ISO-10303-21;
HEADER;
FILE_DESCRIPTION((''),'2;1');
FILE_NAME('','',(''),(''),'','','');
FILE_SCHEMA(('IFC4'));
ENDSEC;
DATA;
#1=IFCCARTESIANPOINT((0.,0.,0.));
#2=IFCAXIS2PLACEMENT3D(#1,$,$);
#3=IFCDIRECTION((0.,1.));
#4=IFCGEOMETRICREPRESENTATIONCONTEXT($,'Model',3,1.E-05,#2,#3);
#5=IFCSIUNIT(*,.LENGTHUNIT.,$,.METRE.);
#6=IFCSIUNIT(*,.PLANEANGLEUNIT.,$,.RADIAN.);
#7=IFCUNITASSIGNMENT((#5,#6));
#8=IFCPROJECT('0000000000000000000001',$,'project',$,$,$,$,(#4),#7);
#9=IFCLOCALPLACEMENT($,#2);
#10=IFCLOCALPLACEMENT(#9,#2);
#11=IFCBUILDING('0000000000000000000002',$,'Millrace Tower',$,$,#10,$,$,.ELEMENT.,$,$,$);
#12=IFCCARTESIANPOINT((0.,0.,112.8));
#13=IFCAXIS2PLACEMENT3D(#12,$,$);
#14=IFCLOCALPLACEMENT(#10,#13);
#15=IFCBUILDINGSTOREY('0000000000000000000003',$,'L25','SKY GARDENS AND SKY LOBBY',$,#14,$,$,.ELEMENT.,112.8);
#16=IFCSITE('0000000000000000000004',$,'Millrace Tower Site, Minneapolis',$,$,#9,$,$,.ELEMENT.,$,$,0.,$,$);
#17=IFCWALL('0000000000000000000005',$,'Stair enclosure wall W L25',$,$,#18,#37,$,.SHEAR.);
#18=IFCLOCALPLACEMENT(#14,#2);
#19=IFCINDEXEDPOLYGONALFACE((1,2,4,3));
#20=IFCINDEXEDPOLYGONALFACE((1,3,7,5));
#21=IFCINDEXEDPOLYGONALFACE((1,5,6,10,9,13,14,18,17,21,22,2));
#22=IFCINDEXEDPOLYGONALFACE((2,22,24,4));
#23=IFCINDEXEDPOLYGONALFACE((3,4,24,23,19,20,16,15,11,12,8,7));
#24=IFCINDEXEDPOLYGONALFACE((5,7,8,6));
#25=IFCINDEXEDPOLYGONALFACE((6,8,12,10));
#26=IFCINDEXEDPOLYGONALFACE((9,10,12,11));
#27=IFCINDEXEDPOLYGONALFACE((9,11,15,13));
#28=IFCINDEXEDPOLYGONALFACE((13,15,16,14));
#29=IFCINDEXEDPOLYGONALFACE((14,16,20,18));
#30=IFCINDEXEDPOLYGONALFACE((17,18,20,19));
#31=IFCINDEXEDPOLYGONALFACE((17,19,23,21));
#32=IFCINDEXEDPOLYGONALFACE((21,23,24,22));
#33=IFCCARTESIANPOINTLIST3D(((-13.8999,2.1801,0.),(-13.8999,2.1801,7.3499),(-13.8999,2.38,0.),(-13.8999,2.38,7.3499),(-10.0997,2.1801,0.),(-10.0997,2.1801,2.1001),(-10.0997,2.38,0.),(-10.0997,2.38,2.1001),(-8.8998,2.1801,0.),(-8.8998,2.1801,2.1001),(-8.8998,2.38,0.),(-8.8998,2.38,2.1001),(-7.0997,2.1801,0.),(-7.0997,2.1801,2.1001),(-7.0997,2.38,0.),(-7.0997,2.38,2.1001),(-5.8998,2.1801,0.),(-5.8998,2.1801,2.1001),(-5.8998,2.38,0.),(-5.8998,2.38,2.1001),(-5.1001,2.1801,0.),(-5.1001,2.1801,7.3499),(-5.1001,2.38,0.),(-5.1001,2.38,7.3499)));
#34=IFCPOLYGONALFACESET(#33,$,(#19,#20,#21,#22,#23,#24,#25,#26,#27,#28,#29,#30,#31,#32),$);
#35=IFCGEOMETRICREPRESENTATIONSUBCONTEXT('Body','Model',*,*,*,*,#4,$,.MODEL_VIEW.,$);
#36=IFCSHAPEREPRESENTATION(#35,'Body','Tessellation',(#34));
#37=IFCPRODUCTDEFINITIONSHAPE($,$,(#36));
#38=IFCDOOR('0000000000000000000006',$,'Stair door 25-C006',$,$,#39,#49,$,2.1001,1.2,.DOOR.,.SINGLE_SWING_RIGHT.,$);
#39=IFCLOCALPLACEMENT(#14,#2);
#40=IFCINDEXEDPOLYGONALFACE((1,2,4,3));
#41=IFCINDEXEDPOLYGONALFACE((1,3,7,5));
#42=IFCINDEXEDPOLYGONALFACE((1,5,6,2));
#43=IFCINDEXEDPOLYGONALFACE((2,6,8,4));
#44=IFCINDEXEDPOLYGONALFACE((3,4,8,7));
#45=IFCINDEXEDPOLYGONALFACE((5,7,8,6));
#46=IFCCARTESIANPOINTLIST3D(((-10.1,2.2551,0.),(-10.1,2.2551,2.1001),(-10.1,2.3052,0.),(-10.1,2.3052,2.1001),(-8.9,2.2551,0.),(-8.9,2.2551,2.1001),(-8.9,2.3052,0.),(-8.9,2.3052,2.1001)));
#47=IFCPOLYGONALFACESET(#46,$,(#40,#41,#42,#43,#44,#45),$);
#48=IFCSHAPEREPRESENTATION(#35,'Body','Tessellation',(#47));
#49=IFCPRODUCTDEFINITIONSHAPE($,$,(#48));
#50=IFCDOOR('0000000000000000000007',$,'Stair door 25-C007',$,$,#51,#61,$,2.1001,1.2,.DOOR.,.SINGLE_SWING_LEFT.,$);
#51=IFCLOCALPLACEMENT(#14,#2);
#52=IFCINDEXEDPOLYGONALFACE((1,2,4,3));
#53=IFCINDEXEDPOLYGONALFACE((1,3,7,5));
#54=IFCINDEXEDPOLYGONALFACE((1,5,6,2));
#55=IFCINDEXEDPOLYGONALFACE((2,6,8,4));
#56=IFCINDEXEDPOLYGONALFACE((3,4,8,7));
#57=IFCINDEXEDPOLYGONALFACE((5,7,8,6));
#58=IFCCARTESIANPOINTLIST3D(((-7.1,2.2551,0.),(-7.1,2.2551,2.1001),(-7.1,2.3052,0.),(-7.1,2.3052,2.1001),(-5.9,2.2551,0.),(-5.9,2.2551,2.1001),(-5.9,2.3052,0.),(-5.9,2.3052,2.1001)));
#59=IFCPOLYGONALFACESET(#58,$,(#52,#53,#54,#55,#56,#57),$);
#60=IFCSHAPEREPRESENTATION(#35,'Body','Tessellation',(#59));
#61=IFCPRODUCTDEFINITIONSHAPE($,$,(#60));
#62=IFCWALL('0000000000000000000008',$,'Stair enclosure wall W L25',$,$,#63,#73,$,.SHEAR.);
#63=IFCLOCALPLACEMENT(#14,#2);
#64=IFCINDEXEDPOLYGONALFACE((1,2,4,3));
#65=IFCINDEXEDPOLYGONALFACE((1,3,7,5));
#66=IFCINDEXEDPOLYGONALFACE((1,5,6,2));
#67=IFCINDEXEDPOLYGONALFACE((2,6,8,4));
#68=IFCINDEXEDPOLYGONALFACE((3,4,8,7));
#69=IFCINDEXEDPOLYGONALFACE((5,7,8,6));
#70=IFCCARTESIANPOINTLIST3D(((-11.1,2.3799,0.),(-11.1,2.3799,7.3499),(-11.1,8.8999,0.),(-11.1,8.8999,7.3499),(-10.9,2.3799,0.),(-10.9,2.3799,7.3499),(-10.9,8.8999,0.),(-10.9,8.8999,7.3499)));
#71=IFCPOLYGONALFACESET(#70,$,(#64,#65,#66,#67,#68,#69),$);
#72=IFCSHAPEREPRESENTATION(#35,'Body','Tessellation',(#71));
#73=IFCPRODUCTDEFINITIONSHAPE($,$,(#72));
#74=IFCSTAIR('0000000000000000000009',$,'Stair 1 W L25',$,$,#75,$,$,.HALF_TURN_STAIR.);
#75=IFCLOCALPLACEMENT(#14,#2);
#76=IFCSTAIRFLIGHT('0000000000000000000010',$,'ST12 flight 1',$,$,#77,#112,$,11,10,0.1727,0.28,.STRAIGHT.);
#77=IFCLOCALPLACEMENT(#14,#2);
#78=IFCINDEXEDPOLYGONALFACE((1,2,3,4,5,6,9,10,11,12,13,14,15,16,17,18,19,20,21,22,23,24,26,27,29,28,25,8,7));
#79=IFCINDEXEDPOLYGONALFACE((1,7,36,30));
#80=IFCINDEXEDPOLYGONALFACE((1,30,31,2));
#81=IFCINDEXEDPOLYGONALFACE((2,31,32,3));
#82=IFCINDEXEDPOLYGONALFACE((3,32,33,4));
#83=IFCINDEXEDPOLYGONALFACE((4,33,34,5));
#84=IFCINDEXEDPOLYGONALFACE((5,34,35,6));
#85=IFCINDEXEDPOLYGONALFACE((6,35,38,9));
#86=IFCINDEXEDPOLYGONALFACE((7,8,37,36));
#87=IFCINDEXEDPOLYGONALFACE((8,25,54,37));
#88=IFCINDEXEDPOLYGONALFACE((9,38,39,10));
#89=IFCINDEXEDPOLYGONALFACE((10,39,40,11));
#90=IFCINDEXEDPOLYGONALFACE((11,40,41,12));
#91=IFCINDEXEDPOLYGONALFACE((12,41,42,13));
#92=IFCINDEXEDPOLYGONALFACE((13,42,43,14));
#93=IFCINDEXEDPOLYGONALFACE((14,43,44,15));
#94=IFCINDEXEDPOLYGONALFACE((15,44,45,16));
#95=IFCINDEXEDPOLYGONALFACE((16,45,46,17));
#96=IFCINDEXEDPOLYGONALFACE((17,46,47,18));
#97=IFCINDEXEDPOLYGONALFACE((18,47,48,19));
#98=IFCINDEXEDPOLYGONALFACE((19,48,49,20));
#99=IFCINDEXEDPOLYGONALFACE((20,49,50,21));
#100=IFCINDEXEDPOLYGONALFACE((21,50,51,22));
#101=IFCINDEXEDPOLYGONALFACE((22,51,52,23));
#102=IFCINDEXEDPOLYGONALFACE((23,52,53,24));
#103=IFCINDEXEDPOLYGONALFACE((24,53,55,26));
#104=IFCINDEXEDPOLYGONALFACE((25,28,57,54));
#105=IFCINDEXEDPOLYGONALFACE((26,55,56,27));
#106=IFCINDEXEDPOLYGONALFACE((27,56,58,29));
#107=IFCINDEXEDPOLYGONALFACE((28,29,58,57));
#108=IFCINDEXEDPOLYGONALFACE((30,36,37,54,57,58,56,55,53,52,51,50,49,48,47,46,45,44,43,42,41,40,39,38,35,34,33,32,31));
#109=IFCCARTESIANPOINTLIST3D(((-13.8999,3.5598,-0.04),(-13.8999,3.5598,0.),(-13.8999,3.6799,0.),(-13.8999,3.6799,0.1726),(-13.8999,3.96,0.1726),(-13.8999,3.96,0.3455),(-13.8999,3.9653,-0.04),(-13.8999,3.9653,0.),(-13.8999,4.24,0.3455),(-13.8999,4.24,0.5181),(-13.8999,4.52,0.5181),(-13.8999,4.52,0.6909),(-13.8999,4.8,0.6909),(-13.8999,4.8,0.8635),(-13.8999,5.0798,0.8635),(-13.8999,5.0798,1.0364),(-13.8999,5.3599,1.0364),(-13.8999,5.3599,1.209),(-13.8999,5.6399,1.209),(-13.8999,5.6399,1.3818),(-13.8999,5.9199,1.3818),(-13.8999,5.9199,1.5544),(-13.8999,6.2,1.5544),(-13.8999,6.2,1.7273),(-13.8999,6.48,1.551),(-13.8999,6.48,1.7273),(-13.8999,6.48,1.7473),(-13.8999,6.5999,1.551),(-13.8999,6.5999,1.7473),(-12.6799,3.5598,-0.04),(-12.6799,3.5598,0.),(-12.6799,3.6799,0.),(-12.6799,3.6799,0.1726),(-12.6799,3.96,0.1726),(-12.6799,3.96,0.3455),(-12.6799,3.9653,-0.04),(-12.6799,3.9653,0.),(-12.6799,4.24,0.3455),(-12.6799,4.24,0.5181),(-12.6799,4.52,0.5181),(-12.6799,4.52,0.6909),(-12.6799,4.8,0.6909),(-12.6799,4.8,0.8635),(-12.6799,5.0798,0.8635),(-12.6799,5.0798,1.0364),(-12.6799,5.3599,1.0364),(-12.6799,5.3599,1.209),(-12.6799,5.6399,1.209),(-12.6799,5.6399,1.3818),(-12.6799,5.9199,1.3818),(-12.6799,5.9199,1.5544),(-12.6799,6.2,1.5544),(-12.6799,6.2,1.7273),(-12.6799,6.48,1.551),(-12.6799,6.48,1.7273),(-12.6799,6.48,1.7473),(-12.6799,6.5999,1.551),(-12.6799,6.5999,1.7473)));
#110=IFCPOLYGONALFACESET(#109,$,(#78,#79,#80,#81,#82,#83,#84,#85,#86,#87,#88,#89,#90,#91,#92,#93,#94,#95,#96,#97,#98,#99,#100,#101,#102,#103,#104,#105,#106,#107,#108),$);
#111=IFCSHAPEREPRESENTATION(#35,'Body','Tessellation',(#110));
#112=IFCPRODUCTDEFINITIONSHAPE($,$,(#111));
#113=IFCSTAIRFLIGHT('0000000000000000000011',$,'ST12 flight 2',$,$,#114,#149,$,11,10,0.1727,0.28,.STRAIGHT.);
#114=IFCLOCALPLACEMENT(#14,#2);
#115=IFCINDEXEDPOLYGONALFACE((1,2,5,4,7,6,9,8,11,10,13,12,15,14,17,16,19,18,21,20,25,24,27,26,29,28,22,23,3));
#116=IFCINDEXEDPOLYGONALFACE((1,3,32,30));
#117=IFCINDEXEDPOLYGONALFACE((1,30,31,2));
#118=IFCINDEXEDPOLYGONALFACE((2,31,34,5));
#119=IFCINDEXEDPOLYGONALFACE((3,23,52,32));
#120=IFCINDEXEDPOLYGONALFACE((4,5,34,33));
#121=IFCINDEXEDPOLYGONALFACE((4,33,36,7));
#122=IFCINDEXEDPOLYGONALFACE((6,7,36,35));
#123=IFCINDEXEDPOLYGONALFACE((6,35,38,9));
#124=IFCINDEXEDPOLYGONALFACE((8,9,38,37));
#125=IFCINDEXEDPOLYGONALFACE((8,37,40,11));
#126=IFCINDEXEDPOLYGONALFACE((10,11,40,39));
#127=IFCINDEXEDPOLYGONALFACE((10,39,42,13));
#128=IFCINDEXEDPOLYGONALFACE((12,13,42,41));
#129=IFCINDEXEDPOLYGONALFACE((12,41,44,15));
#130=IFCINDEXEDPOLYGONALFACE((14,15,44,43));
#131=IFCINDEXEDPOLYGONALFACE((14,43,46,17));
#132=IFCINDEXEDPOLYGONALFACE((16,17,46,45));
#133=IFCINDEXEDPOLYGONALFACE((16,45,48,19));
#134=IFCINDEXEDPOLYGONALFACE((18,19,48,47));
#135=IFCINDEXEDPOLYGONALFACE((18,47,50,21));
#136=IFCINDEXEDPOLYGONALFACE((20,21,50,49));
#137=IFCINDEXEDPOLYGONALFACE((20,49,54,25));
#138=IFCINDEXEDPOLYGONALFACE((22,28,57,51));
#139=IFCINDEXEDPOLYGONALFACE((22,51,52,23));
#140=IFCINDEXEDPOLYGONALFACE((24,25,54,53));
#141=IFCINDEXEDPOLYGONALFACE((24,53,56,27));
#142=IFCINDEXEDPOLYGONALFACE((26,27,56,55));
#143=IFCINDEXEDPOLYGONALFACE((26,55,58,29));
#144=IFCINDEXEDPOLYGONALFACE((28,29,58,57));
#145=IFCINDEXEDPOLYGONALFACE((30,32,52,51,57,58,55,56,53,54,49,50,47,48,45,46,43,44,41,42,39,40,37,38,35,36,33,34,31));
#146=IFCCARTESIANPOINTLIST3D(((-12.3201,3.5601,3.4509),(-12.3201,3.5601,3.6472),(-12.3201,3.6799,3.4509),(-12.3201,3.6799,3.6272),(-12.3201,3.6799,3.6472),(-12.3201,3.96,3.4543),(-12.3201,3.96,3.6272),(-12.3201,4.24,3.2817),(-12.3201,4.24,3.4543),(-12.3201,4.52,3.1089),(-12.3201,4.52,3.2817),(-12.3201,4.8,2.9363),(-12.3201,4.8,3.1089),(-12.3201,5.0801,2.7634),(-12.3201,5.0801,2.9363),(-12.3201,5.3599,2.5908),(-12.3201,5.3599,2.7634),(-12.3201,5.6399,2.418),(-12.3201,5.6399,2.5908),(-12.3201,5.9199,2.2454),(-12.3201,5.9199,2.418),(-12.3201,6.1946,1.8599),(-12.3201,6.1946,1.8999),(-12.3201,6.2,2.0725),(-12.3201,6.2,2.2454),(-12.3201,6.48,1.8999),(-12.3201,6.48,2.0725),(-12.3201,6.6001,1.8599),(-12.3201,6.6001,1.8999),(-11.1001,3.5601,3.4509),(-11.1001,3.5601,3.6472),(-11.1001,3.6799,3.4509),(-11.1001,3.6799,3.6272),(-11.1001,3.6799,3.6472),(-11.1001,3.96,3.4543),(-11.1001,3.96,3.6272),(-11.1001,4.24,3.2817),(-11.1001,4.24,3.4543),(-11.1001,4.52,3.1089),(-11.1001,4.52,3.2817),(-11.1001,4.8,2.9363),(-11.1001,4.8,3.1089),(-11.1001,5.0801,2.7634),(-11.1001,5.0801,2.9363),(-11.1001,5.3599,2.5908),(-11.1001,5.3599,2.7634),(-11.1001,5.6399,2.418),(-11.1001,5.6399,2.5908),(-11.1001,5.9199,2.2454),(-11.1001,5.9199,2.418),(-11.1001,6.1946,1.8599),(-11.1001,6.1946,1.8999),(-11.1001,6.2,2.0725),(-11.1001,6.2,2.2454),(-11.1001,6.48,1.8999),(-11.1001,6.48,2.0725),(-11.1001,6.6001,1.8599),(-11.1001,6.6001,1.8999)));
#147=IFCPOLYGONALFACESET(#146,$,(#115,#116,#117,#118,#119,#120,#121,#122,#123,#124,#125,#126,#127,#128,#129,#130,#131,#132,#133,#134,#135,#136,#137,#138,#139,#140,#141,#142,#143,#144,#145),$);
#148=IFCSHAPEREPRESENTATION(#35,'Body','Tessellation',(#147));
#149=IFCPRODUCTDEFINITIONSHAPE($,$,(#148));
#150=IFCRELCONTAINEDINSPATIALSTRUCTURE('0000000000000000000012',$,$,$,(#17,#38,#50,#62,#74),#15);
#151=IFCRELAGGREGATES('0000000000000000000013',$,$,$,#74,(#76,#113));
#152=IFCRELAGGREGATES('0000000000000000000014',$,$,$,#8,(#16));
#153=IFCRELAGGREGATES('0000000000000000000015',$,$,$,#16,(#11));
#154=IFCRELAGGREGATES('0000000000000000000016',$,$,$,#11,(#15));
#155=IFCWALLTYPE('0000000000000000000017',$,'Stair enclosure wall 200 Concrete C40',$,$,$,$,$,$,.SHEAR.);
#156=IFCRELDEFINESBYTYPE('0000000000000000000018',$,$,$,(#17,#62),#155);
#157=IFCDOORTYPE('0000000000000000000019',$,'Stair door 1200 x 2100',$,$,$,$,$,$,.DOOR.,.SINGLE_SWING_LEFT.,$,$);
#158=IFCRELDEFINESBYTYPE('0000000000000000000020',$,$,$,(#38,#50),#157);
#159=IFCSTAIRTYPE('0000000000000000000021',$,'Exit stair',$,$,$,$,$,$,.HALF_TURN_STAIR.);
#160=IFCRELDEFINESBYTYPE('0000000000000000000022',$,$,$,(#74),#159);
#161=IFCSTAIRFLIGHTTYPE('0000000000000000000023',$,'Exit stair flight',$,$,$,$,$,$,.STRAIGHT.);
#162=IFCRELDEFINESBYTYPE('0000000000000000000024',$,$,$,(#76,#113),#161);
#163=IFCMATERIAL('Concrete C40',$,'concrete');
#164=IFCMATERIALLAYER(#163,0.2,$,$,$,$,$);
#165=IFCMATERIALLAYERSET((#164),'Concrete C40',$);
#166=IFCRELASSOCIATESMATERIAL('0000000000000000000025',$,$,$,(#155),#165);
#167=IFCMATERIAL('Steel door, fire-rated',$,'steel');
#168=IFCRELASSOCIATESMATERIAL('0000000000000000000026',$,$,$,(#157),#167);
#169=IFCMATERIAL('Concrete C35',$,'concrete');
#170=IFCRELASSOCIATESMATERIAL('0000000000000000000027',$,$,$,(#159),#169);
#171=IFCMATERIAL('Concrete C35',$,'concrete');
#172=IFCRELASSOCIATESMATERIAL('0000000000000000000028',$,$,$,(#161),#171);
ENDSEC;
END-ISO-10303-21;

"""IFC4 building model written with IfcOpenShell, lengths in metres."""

from ifc_helpers import new_model, si_unit, direction, frame, frame_2d, origin, place, context, subcontext, project, spatial, polyline, rectangle, outline, extrude, material, layer, layer_set, type_object, element, fill, aggregate, save


model = new_model("IFC4")

# Units and contexts
model_context = context("Model", 3, precision=1e-05, world=origin(), true_north=direction((0.0, 1.0)))
body_context = subcontext(model_context, "Body", "Model", "MODEL_VIEW")
ifc_project = project(units=[si_unit("LENGTHUNIT", "METRE"), si_unit("PLANEANGLEUNIT", "RADIAN")], contexts=[model_context])

# Site, building, storey
site_placement = place(None, origin())
site = spatial("IfcSite", under=ifc_project, at=site_placement, Name="Millrace Tower Site, Minneapolis", CompositionType="ELEMENT", RefElevation=0.0)
building_placement = place(site_placement, origin())
building = spatial("IfcBuilding", under=site, at=building_placement, Name="Millrace Tower", CompositionType="ELEMENT")
storey_placement = place(building_placement, frame((0.0, 0.0, 112.8)))
storey = spatial("IfcBuildingStorey", under=building, at=storey_placement, Name="L25", Description="SKY GARDENS AND SKY LOBBY", CompositionType="ELEMENT", Elevation=112.8)

# Shared definitions
placement = place(storey_placement, origin())

# Shared definitions
ifc_material_1 = material(Name="Concrete C40", Category="concrete")
ifc_layer_1 = layer(ifc_material_1, 0.2)
ifc_layer_set_1 = layer_set([ifc_layer_1], Name="Concrete C40")
wall_type_1 = type_object("IfcWallType", Name="Stair enclosure wall 200 Concrete C40", PredefinedType="SHEAR", material=ifc_layer_set_1)

# Wall, openings, doors
wall_1_placement = place(storey_placement, frame((-13.8999, 2.28, 0.0), z_axis=(0.0, 0.0, 1.0), x_axis=(1.0, 0.0, 0.0)))
wall_1 = element("IfcWall", 1, at=wall_1_placement, inside=storey, type_object=wall_type_1, Name="Stair enclosure wall W L25", PredefinedType="SHEAR", context=body_context, shape_type="SweptSolid", body=[
    extrude(rectangle(XDim=8.7998, YDim=0.2, at=frame_2d((4.3999, 0.0))), origin(), (0.0, 0.0, 1.0), 7.3499),
])
opening_1_placement = place(wall_1_placement, frame((3.8, 0.0, 0.0)))
opening_1 = element("IfcOpeningElement", 2, at=opening_1_placement, cuts=wall_1, PredefinedType="OPENING", context=body_context, shape_type="SweptSolid", body=[
    extrude(rectangle(XDim=1.2, YDim=2.1001, at=frame_2d((0.6001, 1.05))), frame((0.0, 0.1099, 0.0), z_axis=(0.0, -1.0, 0.0), x_axis=(1.0, 0.0, 0.0)), (0.0, 0.0, 1.0), 0.22),
])
opening_2_placement = place(wall_1_placement, frame((6.8, 0.0, 0.0)))
opening_2 = element("IfcOpeningElement", 3, at=opening_2_placement, cuts=wall_1, PredefinedType="OPENING", context=body_context, shape_type="SweptSolid", body=[
    extrude(rectangle(XDim=1.2, YDim=2.1001, at=frame_2d((0.6001, 1.05))), frame((0.0, 0.1099, 0.0), z_axis=(0.0, -1.0, 0.0), x_axis=(1.0, 0.0, 0.0)), (0.0, 0.0, 1.0), 0.22),
])
ifc_material_2 = material(Name="Steel door, fire-rated", Category="steel")
door_type_1 = type_object("IfcDoorType", Name="Stair door 1200 x 2100", OperationType="SINGLE_SWING_LEFT", PredefinedType="DOOR", material=ifc_material_2)
door_1_placement = place(opening_1_placement, frame((1.2, 0.0, 0.0), z_axis=(0.0, 0.0, 1.0), x_axis=(-1.0, 0.0, 0.0)))
door_1 = element("IfcDoor", 4, at=door_1_placement, inside=storey, type_object=door_type_1, Name="Stair door 25-C006", OperationType="SINGLE_SWING_RIGHT", OverallHeight=2.1001, OverallWidth=1.2, PredefinedType="DOOR", context=body_context, shape_type="SweptSolid", body=[
    extrude(rectangle(XDim=1.2, YDim=2.1001, at=frame_2d((0.6001, 1.05))), frame((0.0, 0.0249, 0.0), z_axis=(0.0, -1.0, 0.0), x_axis=(1.0, 0.0, 0.0)), (0.0, 0.0, 1.0), 0.05),
])
fill(opening_1, door_1)
door_2_placement = place(opening_2_placement, frame((1.2, 0.0, 0.0), z_axis=(0.0, 0.0, 1.0), x_axis=(-1.0, 0.0, 0.0)))
door_2 = element("IfcDoor", 5, at=door_2_placement, inside=storey, type_object=door_type_1, Name="Stair door 25-C007", OperationType="SINGLE_SWING_LEFT", OverallHeight=2.1001, OverallWidth=1.2, PredefinedType="DOOR", context=body_context, shape_type="SweptSolid", body=[
    extrude(rectangle(XDim=1.2, YDim=2.1001, at=frame_2d((0.6001, 1.05))), frame((0.0, 0.0249, 0.0), z_axis=(0.0, -1.0, 0.0), x_axis=(1.0, 0.0, 0.0)), (0.0, 0.0, 1.0), 0.05),
])
fill(opening_2, door_2)

# Wall
wall_2_placement = place(storey_placement, frame((-11.0, 2.3799, 0.0), z_axis=(0.0, 0.0, 1.0), x_axis=(0.0, 1.0, 0.0)))
element("IfcWall", 6, at=wall_2_placement, inside=storey, type_object=wall_type_1, Name="Stair enclosure wall W L25", PredefinedType="SHEAR", context=body_context, shape_type="SweptSolid", body=[
    extrude(rectangle(XDim=6.52, YDim=0.2, at=frame_2d((3.26, 0.0))), origin(), (0.0, 0.0, 1.0), 7.3499),
])

# Stair, stair flights
ifc_material_3 = material(Name="Concrete C35", Category="concrete")
stair_type = type_object("IfcStairType", Name="Exit stair", PredefinedType="HALF_TURN_STAIR", material=ifc_material_3)
stair_1 = element("IfcStair", 7, at=placement, inside=storey, type_object=stair_type, Name="Stair 1 W L25", PredefinedType="HALF_TURN_STAIR")
ifc_material_4 = material(Name="Concrete C35", Category="concrete")
stair_flight_type = type_object("IfcStairFlightType", Name="Exit stair flight", PredefinedType="STRAIGHT", material=ifc_material_4)
stair_flight_1_placement = place(storey_placement, frame((-13.29, 3.6799, 0.0), z_axis=(0.0, 0.0, 1.0), x_axis=(0.0, 1.0, 0.0)))
stair_flight_1 = element("IfcStairFlight", 8, at=stair_flight_1_placement, type_object=stair_flight_type, Name="ST12 flight 1", NumberOfRisers=11, NumberOfTreads=10, PredefinedType="STRAIGHT", RiserHeight=0.1727, TreadLength=0.28, context=body_context, shape_type="SweptSolid", body=[
    extrude(outline(polyline([(-0.1201, -0.04), (-0.1201, 0.0), (0.0, 0.0), (0.0, 0.1726), (0.28, 0.1726), (0.28, 0.3455), (0.5601, 0.3455), (0.5601, 0.5181), (0.8401, 0.5181), (0.8401, 0.6909), (1.1201, 0.6909), (1.1201, 0.8635), (1.3999, 0.8635), (1.3999, 1.0364), (1.6799, 1.0364), (1.6799, 1.209), (1.96, 1.209), (1.96, 1.3818), (2.24, 1.3818), (2.24, 1.5544), (2.52, 1.5544), (2.52, 1.7273), (2.8, 1.7273), (2.8, 1.7473), (2.9199, 1.7473), (2.9199, 1.551), (2.8, 1.551), (0.2854, 0.0), (0.2854, -0.04), (-0.1201, -0.04)])), frame((0.0, 0.6099, 0.0), z_axis=(0.0, -1.0, 0.0), x_axis=(1.0, 0.0, 0.0)), (0.0, 0.0, 1.0), 1.22),
])
stair_flight_2_placement = place(storey_placement, frame((-11.71, 6.48, 1.8999), z_axis=(0.0, 0.0, 1.0), x_axis=(0.0, -1.0, 0.0)))
stair_flight_2 = element("IfcStairFlight", 9, at=stair_flight_2_placement, type_object=stair_flight_type, Name="ST12 flight 2", NumberOfRisers=11, NumberOfTreads=10, PredefinedType="STRAIGHT", RiserHeight=0.1727, TreadLength=0.28, context=body_context, shape_type="SweptSolid", body=[
    extrude(outline(polyline([(-0.1201, -0.04), (-0.1201, 0.0), (0.0, 0.0), (0.0, 0.1726), (0.28, 0.1726), (0.28, 0.3455), (0.5601, 0.3455), (0.5601, 0.5181), (0.8401, 0.5181), (0.8401, 0.6909), (1.1201, 0.6909), (1.1201, 0.8635), (1.3999, 0.8635), (1.3999, 1.0364), (1.6799, 1.0364), (1.6799, 1.209), (1.96, 1.209), (1.96, 1.3818), (2.24, 1.3818), (2.24, 1.5544), (2.52, 1.5544), (2.52, 1.7273), (2.8, 1.7273), (2.8, 1.7473), (2.9199, 1.7473), (2.9199, 1.551), (2.8, 1.551), (0.2854, 0.0), (0.2854, -0.04), (-0.1201, -0.04)])), frame((0.0, 0.6099, 0.0), z_axis=(0.0, -1.0, 0.0), x_axis=(1.0, 0.0, 0.0)), (0.0, 0.0, 1.0), 1.22),
])
aggregate(stair_1, [stair_flight_1, stair_flight_2])

save(model, "model.ifc")
